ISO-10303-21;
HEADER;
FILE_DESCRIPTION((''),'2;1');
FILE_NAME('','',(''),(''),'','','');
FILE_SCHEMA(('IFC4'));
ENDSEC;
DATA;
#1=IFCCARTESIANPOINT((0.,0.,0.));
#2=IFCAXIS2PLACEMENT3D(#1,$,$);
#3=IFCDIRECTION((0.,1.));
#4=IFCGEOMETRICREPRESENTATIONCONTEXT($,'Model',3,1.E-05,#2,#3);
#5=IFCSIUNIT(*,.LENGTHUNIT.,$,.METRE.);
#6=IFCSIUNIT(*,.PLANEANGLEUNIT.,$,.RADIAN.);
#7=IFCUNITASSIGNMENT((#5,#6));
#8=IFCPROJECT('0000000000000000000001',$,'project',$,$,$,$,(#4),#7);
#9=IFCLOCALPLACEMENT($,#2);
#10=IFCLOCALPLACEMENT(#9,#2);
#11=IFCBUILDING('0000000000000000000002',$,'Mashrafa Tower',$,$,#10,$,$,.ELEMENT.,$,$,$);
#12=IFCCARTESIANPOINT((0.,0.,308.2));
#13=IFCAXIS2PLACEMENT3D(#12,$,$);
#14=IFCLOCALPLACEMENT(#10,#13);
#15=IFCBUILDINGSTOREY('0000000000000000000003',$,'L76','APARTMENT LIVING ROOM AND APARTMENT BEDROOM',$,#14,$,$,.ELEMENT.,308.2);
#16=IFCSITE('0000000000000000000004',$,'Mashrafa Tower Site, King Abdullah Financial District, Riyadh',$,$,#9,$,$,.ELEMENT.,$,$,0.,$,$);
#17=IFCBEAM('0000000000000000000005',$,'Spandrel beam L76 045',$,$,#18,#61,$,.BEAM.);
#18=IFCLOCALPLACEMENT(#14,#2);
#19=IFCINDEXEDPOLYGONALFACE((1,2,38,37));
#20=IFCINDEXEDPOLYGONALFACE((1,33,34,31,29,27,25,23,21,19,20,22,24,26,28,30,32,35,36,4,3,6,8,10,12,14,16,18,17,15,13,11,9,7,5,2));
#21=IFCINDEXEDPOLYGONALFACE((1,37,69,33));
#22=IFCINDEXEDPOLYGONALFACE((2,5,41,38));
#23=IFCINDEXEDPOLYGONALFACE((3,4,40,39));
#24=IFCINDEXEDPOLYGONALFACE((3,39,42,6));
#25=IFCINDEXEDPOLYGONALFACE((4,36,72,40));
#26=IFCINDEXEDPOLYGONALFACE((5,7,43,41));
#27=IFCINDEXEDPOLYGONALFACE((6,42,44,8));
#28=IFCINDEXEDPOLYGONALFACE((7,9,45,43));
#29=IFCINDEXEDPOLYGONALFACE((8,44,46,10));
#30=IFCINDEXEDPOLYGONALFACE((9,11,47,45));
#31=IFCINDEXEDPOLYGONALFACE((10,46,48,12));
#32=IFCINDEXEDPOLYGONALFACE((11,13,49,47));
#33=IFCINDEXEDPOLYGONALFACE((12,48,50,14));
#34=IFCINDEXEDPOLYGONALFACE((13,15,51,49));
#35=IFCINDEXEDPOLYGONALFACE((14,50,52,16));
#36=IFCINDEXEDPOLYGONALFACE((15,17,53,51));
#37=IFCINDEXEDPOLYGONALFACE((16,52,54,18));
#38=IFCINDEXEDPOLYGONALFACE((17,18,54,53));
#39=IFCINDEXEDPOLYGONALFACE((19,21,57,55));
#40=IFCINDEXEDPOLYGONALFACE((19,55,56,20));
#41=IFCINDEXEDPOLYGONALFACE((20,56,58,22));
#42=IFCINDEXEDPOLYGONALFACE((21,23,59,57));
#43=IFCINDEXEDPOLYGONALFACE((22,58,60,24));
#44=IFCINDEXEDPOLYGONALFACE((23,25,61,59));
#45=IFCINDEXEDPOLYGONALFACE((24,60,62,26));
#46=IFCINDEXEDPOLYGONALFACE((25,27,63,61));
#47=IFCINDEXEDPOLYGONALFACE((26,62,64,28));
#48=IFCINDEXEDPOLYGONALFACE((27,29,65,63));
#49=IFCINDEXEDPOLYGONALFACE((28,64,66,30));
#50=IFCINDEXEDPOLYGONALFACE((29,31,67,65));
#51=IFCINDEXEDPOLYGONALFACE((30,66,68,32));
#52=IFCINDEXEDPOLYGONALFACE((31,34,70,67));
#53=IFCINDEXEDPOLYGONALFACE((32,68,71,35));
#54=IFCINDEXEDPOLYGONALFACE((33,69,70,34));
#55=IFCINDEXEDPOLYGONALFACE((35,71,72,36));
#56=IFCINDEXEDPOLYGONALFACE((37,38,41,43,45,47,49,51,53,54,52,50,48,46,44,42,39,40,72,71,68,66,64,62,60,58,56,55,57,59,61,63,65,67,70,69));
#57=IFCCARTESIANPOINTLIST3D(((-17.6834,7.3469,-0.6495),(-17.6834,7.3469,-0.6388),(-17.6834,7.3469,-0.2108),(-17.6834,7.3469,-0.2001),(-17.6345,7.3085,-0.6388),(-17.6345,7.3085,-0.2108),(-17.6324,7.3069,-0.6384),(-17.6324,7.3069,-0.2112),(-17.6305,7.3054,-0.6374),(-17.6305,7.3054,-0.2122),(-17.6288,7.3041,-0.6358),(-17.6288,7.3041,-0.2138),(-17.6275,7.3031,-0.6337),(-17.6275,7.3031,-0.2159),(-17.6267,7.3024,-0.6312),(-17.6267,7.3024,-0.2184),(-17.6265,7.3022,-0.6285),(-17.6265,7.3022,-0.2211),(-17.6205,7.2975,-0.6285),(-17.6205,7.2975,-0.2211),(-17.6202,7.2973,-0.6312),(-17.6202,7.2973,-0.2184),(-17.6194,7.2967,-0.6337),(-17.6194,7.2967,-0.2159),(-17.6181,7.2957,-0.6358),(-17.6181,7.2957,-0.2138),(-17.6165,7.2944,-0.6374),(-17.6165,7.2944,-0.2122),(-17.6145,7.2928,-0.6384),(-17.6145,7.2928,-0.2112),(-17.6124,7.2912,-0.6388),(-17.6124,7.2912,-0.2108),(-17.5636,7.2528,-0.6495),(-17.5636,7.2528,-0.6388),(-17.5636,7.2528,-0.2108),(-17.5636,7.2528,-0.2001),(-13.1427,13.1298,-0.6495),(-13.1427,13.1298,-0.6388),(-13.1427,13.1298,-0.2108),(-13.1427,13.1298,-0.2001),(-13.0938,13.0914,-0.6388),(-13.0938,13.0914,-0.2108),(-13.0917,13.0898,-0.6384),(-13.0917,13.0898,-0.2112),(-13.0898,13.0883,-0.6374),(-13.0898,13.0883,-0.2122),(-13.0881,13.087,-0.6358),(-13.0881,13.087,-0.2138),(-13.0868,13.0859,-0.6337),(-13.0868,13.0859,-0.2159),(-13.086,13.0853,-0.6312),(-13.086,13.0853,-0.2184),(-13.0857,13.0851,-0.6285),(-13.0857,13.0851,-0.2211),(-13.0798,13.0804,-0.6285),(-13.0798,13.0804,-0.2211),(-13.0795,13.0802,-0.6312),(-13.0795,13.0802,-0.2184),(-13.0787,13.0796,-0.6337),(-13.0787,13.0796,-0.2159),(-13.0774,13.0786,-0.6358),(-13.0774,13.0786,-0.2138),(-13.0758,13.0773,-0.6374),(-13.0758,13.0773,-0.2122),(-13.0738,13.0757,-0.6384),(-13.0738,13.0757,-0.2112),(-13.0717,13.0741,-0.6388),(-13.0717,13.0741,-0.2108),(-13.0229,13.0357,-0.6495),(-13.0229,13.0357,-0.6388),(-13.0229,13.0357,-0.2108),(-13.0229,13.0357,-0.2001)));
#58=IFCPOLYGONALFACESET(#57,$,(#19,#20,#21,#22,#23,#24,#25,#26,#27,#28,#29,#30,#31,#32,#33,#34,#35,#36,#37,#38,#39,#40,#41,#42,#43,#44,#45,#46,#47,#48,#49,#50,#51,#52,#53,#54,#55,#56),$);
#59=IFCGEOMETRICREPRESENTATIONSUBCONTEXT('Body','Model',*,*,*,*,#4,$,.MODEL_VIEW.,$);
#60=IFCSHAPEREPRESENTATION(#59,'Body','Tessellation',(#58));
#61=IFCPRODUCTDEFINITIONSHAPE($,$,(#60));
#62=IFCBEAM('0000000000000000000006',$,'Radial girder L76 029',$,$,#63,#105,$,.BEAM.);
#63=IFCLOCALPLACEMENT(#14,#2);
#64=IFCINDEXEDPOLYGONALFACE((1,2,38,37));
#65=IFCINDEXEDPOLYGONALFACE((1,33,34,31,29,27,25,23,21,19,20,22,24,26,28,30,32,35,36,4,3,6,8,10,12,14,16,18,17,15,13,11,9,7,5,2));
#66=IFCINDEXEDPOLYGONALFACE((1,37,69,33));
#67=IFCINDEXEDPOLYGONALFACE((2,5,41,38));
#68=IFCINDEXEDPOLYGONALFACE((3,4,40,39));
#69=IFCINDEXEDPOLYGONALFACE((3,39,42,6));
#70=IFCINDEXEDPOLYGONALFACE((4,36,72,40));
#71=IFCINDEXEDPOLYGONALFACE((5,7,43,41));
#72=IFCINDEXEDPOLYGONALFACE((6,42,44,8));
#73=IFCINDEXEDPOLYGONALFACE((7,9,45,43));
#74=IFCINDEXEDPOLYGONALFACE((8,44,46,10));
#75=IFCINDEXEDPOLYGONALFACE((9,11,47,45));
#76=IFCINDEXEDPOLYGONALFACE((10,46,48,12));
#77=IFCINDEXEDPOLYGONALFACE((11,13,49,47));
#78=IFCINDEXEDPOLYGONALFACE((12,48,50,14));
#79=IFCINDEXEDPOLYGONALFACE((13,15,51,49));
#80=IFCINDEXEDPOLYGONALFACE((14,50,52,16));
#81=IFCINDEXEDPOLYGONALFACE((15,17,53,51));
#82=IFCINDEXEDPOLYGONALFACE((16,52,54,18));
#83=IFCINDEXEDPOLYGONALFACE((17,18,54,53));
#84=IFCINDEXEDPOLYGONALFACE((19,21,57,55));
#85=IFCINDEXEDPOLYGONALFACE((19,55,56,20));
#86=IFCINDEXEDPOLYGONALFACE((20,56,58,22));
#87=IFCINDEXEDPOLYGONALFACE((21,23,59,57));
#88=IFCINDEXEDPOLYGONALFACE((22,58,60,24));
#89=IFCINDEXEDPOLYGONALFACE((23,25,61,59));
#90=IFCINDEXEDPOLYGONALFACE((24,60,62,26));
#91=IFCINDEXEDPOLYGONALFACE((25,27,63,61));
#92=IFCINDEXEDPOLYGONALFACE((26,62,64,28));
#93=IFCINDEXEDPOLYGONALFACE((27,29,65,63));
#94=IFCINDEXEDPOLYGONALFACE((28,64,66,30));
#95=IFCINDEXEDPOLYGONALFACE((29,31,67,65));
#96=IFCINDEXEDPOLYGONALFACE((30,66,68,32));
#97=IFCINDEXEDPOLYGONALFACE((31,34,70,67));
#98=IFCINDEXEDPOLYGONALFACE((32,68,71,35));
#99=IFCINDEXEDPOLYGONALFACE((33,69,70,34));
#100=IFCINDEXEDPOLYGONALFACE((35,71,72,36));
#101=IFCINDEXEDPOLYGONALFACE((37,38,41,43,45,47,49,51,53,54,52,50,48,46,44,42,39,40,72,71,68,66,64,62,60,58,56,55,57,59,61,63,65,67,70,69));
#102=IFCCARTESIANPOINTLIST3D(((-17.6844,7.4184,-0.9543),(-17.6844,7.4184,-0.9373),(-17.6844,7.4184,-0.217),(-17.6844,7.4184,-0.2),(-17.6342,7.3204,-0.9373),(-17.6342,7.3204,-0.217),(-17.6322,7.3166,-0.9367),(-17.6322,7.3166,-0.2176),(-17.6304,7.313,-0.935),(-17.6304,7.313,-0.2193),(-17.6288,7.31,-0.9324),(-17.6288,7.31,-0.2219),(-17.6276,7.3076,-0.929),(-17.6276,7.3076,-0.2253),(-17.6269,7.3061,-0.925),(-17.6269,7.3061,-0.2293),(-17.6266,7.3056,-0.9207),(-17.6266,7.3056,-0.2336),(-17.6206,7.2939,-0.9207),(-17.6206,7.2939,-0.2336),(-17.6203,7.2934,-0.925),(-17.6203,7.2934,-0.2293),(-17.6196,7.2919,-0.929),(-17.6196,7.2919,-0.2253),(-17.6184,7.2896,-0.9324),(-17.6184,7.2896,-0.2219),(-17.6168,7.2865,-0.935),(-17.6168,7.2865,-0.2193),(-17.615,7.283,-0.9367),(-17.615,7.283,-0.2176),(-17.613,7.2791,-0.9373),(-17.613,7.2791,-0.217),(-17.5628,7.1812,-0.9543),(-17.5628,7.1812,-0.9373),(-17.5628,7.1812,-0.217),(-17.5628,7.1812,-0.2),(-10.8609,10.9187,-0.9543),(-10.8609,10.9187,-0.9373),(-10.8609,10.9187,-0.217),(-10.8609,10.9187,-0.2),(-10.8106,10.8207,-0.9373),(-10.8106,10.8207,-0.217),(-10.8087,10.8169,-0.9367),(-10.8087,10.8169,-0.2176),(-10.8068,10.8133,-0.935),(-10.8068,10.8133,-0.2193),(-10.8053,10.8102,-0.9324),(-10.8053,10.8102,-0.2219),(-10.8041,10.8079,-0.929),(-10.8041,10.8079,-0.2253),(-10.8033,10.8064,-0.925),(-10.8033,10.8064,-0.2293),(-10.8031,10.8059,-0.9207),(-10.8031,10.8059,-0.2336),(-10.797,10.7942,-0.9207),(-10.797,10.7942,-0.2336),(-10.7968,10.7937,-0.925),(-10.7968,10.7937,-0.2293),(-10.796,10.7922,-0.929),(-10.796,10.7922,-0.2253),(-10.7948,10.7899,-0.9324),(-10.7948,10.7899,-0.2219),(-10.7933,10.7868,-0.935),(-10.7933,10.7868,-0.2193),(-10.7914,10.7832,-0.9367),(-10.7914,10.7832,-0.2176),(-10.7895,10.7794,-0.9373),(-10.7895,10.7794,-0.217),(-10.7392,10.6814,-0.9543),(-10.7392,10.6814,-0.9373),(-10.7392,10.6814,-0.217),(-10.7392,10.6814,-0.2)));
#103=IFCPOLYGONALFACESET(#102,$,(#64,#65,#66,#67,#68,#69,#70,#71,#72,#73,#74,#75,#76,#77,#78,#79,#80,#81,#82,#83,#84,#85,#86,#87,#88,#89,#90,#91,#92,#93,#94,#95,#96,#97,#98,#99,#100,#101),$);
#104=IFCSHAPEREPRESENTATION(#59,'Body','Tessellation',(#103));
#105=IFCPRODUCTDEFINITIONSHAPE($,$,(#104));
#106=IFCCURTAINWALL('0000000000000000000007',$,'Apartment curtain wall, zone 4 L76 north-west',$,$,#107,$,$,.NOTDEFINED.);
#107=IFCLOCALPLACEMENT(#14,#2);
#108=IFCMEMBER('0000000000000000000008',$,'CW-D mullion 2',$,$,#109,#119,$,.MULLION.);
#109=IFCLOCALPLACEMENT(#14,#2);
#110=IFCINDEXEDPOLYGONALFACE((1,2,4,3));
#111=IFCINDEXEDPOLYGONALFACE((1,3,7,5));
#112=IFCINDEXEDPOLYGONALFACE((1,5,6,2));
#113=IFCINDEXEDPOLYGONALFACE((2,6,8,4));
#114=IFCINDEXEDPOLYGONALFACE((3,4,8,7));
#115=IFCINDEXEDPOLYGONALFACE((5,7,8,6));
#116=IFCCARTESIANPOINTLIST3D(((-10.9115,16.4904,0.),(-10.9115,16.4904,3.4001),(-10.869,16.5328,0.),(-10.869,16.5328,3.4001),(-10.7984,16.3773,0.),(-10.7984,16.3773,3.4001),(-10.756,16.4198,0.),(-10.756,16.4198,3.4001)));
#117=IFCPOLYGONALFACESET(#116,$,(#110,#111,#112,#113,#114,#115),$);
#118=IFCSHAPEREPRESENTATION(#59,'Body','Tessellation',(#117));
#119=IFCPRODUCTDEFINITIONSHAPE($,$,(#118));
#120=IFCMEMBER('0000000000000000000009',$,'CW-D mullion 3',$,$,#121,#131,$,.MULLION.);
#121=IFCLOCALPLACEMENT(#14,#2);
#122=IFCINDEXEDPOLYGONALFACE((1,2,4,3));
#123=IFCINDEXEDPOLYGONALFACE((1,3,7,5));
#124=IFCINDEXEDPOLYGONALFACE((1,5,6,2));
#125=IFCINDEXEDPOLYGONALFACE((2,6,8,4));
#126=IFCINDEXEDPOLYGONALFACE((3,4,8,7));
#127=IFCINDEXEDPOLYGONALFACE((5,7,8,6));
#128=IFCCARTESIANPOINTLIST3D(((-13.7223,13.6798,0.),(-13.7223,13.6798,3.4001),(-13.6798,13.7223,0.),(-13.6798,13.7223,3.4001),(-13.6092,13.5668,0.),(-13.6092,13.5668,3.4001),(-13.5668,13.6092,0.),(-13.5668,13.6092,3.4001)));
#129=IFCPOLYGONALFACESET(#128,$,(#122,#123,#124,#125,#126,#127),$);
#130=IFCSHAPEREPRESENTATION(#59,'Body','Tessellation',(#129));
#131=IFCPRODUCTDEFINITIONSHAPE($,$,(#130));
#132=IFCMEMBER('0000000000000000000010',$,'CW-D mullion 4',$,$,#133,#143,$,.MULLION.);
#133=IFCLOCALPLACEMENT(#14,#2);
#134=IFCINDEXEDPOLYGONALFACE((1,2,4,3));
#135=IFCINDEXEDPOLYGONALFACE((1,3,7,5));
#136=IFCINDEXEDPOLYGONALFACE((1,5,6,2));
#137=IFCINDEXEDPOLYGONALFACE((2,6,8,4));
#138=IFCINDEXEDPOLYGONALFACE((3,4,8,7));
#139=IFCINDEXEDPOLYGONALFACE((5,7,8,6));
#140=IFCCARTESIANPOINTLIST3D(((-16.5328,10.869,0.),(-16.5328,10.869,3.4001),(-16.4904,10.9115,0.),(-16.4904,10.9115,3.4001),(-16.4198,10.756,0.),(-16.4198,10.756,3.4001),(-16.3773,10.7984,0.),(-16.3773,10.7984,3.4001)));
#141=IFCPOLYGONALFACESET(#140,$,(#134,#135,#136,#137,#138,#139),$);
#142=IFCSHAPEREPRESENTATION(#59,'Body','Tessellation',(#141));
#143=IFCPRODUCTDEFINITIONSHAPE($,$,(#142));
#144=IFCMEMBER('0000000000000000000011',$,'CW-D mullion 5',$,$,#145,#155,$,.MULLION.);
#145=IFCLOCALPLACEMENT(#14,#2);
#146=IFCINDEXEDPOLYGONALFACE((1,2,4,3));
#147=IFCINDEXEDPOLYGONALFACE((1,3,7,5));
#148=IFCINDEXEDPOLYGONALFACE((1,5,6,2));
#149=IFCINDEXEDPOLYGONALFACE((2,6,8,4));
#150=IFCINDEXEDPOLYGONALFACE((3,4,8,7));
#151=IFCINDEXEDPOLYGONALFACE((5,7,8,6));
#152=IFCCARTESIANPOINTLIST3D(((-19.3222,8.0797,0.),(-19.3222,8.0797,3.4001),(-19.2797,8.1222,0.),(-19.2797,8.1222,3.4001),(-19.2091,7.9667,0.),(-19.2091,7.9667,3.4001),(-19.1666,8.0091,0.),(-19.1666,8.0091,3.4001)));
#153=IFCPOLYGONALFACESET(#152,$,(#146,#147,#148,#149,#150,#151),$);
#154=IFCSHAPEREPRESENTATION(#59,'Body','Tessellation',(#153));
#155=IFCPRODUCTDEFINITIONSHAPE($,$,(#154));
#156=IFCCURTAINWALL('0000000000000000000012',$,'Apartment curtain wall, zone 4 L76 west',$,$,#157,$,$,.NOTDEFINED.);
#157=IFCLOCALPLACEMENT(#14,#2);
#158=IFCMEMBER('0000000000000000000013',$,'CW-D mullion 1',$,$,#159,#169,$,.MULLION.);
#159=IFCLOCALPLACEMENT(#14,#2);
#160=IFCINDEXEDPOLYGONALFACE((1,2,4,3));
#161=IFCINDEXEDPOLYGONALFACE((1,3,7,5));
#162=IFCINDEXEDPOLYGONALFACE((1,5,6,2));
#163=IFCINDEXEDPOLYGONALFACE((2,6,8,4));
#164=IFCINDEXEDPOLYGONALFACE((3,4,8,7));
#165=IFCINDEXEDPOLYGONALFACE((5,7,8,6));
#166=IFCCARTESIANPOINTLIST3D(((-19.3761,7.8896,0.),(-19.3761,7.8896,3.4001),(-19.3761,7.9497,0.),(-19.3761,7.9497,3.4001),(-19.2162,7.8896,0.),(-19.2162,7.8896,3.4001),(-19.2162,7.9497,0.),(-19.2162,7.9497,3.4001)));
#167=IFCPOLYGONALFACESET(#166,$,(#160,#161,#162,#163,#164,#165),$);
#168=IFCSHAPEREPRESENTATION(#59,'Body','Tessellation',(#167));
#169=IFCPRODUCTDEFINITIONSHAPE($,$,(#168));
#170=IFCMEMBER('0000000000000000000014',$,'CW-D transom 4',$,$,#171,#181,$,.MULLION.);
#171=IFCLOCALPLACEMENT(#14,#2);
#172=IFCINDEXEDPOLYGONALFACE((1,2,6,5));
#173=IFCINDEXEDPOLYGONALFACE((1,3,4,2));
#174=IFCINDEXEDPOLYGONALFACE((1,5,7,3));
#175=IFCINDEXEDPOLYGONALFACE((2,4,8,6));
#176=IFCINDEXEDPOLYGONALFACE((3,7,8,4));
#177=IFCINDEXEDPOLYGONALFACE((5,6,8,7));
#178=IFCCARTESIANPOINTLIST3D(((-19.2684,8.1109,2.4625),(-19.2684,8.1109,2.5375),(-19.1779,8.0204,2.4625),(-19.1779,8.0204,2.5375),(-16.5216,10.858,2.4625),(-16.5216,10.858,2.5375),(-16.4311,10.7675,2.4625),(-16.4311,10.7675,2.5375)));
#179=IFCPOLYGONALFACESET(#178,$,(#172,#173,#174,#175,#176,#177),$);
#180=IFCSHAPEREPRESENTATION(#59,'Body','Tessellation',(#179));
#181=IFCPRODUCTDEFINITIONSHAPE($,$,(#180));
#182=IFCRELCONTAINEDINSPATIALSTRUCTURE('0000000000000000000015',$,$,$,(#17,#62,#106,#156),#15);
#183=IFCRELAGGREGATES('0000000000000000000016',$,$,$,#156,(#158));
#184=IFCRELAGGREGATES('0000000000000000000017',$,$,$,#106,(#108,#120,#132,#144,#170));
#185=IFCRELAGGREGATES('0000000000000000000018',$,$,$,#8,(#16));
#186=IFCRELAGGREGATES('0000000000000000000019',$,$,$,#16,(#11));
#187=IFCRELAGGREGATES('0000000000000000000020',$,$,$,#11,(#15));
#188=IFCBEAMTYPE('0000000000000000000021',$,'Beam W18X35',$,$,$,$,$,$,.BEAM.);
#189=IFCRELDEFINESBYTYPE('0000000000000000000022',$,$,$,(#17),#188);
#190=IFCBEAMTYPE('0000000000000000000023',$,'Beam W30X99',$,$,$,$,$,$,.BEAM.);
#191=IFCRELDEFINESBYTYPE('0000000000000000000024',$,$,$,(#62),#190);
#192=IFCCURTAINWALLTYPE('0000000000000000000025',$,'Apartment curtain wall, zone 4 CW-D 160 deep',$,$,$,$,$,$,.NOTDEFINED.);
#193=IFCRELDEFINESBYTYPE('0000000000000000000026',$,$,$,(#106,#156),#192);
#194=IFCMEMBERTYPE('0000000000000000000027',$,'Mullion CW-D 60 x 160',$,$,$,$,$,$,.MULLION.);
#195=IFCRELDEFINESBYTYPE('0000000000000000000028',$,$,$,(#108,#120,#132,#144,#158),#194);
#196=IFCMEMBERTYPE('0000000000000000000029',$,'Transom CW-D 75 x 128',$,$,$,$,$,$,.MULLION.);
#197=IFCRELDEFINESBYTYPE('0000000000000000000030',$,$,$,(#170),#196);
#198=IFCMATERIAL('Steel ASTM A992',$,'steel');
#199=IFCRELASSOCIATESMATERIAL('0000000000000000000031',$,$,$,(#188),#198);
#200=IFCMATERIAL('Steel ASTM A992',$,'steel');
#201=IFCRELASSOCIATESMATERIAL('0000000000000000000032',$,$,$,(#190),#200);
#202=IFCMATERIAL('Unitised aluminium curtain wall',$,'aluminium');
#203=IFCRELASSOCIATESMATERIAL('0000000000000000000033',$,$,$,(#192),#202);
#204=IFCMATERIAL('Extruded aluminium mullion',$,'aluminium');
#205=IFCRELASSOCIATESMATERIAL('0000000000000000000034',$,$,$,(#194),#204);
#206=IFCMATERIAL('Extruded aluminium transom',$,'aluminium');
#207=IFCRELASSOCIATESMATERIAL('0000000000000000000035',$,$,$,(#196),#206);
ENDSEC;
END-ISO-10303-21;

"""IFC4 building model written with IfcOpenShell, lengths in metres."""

from ifc_helpers import new_model, si_unit, direction, frame, origin, origin_2d, place, context, subcontext, project, spatial, rectangle, i_section, extrude, source, transform, mapped, material, material_profile, profile_set, type_object, type_shapes, element, aggregate, save


model = new_model("IFC4")

# Units and contexts
model_context = context("Model", 3, precision=1e-05, world=origin(), true_north=direction((0.0, 1.0)))
body_context = subcontext(model_context, "Body", "Model", "MODEL_VIEW")
ifc_project = project(units=[si_unit("LENGTHUNIT", "METRE"), si_unit("PLANEANGLEUNIT", "RADIAN")], contexts=[model_context])

# Site, building, storey
site_placement = place(None, origin())
site = spatial("IfcSite", under=ifc_project, at=site_placement, Name="Mashrafa Tower Site, King Abdullah Financial District, Riyadh", CompositionType="ELEMENT", RefElevation=0.0)
building_placement = place(site_placement, origin())
building = spatial("IfcBuilding", under=site, at=building_placement, Name="Mashrafa Tower", CompositionType="ELEMENT")
storey_placement = place(building_placement, frame((0.0, 0.0, 308.2)))
storey = spatial("IfcBuildingStorey", under=building, at=storey_placement, Name="L76", Description="APARTMENT LIVING ROOM AND APARTMENT BEDROOM", CompositionType="ELEMENT", Elevation=308.2)

# Beams
ifc_material_1 = material(Name="Steel ASTM A992", Category="steel")
ifc_material_profile_1 = material_profile(ifc_material_1, i_section(OverallWidth=0.1523, OverallDepth=0.4495, WebThickness=0.0076, FlangeThickness=0.0107, FilletRadius=0.0103, at=origin_2d()), Name="W18X35")
ifc_profile_set_1 = profile_set([ifc_material_profile_1], Name="Steel ASTM A992")
beam_type_1 = type_object("IfcBeamType", Name="Beam W18X35", PredefinedType="BEAM", material=ifc_profile_set_1)
for number, where, z_axis, x_axis, name in (
    (1, (-13.0828, 13.0828, -0.4248), (-0.617571, -0.786515, 0.0), (0.786515, -0.617571, 0.0), "Spandrel beam L76 045"),
):
    element("IfcBeam", number, at=place(storey_placement, frame(where, z_axis=z_axis, x_axis=x_axis)), inside=storey, type_object=beam_type_1, Name=name, PredefinedType="BEAM", context=body_context, shape_type="SweptSolid", body=[
        extrude(i_section(OverallWidth=0.1523, OverallDepth=0.4495, WebThickness=0.0076, FlangeThickness=0.0107, FilletRadius=0.0103, at=origin_2d()), origin(), (0.0, 0.0, 1.0), 7.3525),
    ])
ifc_material_2 = material(Name="Steel ASTM A992", Category="steel")
ifc_material_profile_2 = material_profile(ifc_material_2, i_section(OverallWidth=0.2666, OverallDepth=0.7544, WebThickness=0.0132, FlangeThickness=0.0171, FilletRadius=0.0166, at=origin_2d()), Name="W30X99")
ifc_profile_set_2 = profile_set([ifc_material_profile_2], Name="Steel ASTM A992")
beam_type_2 = type_object("IfcBeamType", Name="Beam W30X99", PredefinedType="BEAM", material=ifc_profile_set_2)
beam_placement = place(storey_placement, frame((-10.8, 10.8, -0.5771), z_axis=(-0.889763, -0.456422, 0.0), x_axis=(0.456422, -0.889763, 0.0)))
element("IfcBeam", 2, at=beam_placement, inside=storey, type_object=beam_type_2, Name="Radial girder L76 029", PredefinedType="BEAM", context=body_context, shape_type="SweptSolid", body=[
    extrude(i_section(OverallWidth=0.2666, OverallDepth=0.7544, WebThickness=0.0132, FlangeThickness=0.0171, FilletRadius=0.0166, at=origin_2d()), origin(), (0.0, 0.0, 1.0), 7.6689),
])

# Curtain wall, members
ifc_material_3 = material(Name="Unitised aluminium curtain wall", Category="aluminium")
curtain_wall_type = type_object("IfcCurtainWallType", Name="Apartment curtain wall, zone 4 CW-D 160 deep", PredefinedType="NOTDEFINED", material=ifc_material_3)
curtain_wall_1_placement = place(storey_placement, origin())
curtain_wall_1 = element("IfcCurtainWall", 3, at=curtain_wall_1_placement, inside=storey, type_object=curtain_wall_type, Name="Apartment curtain wall, zone 4 L76 north-west", PredefinedType="NOTDEFINED")
ifc_material_4 = material(Name="Extruded aluminium mullion", Category="aluminium")
ifc_material_profile_3 = material_profile(ifc_material_4, rectangle(XDim=0.1599, YDim=0.0601, at=origin_2d()), Name="Mullion 60x160")
ifc_profile_set_3 = profile_set([ifc_material_profile_3], Name="Extruded aluminium mullion")
member_type_1 = type_object("IfcMemberType", Name="Mullion CW-D 60 x 160", PredefinedType="MULLION", material=ifc_profile_set_3)
shared_shape_1 = source(origin(), body_context, "Body", "SweptSolid", [
    extrude(rectangle(XDim=0.1599, YDim=0.0601, at=origin_2d()), origin(), (0.0, 0.0, 1.0), 3.4001),
])
type_shapes(member_type_1, [shared_shape_1])
member_1_placement = place(storey_placement, frame((-10.8337, 16.4551, 0.0), z_axis=(0.0, 0.0, 1.0), x_axis=(0.707107, -0.707107, 0.0)))
member_1 = element("IfcMember", 4, at=member_1_placement, type_object=member_type_1, Name="CW-D mullion 2", PredefinedType="MULLION", context=body_context, shape_type="MappedRepresentation", body=[
    mapped(shared_shape_1, transform((0.0, 0.0, 0.0))),
])
member_2_placement = place(storey_placement, frame((-13.6445, 13.6445, 0.0), z_axis=(0.0, 0.0, 1.0), x_axis=(0.707107, -0.707107, 0.0)))
member_2 = element("IfcMember", 5, at=member_2_placement, type_object=member_type_1, Name="CW-D mullion 3", PredefinedType="MULLION", context=body_context, shape_type="MappedRepresentation", body=[
    mapped(shared_shape_1, transform((0.0, 0.0, 0.0))),
])
member_3_placement = place(storey_placement, frame((-16.4551, 10.8337, 0.0), z_axis=(0.0, 0.0, 1.0), x_axis=(0.707107, -0.707107, 0.0)))
member_3 = element("IfcMember", 6, at=member_3_placement, type_object=member_type_1, Name="CW-D mullion 4", PredefinedType="MULLION", context=body_context, shape_type="MappedRepresentation", body=[
    mapped(shared_shape_1, transform((0.0, 0.0, 0.0))),
])
member_4_placement = place(storey_placement, frame((-19.2444, 8.0444, 0.0), z_axis=(0.0, 0.0, 1.0), x_axis=(0.707107, -0.707107, 0.0)))
member_4 = element("IfcMember", 7, at=member_4_placement, type_object=member_type_1, Name="CW-D mullion 5", PredefinedType="MULLION", context=body_context, shape_type="MappedRepresentation", body=[
    mapped(shared_shape_1, transform((0.0, 0.0, 0.0))),
])

# Curtain wall, member
curtain_wall_2_placement = place(storey_placement, origin())
curtain_wall_2 = element("IfcCurtainWall", 8, at=curtain_wall_2_placement, inside=storey, type_object=curtain_wall_type, Name="Apartment curtain wall, zone 4 L76 west", PredefinedType="NOTDEFINED")
member_5_placement = place(storey_placement, frame((-19.2961, 7.9197, 0.0), z_axis=(0.0, 0.0, 1.0), x_axis=(1.0, 0.0, 0.0)))
member_5 = element("IfcMember", 9, at=member_5_placement, type_object=member_type_1, Name="CW-D mullion 1", PredefinedType="MULLION", context=body_context, shape_type="MappedRepresentation", body=[
    mapped(shared_shape_1, transform((0.0, 0.0, 0.0))),
])

# Member
ifc_material_5 = material(Name="Extruded aluminium transom", Category="aluminium")
ifc_material_profile_4 = material_profile(ifc_material_5, rectangle(XDim=0.1279, YDim=0.075, at=origin_2d()), Name="Transom 75x128")
ifc_profile_set_4 = profile_set([ifc_material_profile_4], Name="Extruded aluminium transom")
member_type_2 = type_object("IfcMemberType", Name="Transom CW-D 75 x 128", PredefinedType="MULLION", material=ifc_profile_set_4)
shared_shape_2 = source(origin(), body_context, "Body", "SweptSolid", [
    extrude(rectangle(XDim=0.1279, YDim=0.075, at=origin_2d()), origin(), (0.0, 0.0, 1.0), 3.8848),
])
member_6_placement = place(storey_placement, frame((-16.4763, 10.8127, 2.5), z_axis=(-0.707075, -0.707138, 0.0), x_axis=(0.707138, -0.707075, 0.0)))
member_6 = element("IfcMember", 10, at=member_6_placement, type_object=member_type_2, Name="CW-D transom 4", PredefinedType="MULLION", context=body_context, shape_type="MappedRepresentation", body=[
    mapped(shared_shape_2, transform((0.0, 0.0, 0.0))),
])
aggregate(curtain_wall_2, [member_5])

aggregate(curtain_wall_1, [member_1, member_2, member_3, member_4, member_6])

save(model, "model.ifc")
